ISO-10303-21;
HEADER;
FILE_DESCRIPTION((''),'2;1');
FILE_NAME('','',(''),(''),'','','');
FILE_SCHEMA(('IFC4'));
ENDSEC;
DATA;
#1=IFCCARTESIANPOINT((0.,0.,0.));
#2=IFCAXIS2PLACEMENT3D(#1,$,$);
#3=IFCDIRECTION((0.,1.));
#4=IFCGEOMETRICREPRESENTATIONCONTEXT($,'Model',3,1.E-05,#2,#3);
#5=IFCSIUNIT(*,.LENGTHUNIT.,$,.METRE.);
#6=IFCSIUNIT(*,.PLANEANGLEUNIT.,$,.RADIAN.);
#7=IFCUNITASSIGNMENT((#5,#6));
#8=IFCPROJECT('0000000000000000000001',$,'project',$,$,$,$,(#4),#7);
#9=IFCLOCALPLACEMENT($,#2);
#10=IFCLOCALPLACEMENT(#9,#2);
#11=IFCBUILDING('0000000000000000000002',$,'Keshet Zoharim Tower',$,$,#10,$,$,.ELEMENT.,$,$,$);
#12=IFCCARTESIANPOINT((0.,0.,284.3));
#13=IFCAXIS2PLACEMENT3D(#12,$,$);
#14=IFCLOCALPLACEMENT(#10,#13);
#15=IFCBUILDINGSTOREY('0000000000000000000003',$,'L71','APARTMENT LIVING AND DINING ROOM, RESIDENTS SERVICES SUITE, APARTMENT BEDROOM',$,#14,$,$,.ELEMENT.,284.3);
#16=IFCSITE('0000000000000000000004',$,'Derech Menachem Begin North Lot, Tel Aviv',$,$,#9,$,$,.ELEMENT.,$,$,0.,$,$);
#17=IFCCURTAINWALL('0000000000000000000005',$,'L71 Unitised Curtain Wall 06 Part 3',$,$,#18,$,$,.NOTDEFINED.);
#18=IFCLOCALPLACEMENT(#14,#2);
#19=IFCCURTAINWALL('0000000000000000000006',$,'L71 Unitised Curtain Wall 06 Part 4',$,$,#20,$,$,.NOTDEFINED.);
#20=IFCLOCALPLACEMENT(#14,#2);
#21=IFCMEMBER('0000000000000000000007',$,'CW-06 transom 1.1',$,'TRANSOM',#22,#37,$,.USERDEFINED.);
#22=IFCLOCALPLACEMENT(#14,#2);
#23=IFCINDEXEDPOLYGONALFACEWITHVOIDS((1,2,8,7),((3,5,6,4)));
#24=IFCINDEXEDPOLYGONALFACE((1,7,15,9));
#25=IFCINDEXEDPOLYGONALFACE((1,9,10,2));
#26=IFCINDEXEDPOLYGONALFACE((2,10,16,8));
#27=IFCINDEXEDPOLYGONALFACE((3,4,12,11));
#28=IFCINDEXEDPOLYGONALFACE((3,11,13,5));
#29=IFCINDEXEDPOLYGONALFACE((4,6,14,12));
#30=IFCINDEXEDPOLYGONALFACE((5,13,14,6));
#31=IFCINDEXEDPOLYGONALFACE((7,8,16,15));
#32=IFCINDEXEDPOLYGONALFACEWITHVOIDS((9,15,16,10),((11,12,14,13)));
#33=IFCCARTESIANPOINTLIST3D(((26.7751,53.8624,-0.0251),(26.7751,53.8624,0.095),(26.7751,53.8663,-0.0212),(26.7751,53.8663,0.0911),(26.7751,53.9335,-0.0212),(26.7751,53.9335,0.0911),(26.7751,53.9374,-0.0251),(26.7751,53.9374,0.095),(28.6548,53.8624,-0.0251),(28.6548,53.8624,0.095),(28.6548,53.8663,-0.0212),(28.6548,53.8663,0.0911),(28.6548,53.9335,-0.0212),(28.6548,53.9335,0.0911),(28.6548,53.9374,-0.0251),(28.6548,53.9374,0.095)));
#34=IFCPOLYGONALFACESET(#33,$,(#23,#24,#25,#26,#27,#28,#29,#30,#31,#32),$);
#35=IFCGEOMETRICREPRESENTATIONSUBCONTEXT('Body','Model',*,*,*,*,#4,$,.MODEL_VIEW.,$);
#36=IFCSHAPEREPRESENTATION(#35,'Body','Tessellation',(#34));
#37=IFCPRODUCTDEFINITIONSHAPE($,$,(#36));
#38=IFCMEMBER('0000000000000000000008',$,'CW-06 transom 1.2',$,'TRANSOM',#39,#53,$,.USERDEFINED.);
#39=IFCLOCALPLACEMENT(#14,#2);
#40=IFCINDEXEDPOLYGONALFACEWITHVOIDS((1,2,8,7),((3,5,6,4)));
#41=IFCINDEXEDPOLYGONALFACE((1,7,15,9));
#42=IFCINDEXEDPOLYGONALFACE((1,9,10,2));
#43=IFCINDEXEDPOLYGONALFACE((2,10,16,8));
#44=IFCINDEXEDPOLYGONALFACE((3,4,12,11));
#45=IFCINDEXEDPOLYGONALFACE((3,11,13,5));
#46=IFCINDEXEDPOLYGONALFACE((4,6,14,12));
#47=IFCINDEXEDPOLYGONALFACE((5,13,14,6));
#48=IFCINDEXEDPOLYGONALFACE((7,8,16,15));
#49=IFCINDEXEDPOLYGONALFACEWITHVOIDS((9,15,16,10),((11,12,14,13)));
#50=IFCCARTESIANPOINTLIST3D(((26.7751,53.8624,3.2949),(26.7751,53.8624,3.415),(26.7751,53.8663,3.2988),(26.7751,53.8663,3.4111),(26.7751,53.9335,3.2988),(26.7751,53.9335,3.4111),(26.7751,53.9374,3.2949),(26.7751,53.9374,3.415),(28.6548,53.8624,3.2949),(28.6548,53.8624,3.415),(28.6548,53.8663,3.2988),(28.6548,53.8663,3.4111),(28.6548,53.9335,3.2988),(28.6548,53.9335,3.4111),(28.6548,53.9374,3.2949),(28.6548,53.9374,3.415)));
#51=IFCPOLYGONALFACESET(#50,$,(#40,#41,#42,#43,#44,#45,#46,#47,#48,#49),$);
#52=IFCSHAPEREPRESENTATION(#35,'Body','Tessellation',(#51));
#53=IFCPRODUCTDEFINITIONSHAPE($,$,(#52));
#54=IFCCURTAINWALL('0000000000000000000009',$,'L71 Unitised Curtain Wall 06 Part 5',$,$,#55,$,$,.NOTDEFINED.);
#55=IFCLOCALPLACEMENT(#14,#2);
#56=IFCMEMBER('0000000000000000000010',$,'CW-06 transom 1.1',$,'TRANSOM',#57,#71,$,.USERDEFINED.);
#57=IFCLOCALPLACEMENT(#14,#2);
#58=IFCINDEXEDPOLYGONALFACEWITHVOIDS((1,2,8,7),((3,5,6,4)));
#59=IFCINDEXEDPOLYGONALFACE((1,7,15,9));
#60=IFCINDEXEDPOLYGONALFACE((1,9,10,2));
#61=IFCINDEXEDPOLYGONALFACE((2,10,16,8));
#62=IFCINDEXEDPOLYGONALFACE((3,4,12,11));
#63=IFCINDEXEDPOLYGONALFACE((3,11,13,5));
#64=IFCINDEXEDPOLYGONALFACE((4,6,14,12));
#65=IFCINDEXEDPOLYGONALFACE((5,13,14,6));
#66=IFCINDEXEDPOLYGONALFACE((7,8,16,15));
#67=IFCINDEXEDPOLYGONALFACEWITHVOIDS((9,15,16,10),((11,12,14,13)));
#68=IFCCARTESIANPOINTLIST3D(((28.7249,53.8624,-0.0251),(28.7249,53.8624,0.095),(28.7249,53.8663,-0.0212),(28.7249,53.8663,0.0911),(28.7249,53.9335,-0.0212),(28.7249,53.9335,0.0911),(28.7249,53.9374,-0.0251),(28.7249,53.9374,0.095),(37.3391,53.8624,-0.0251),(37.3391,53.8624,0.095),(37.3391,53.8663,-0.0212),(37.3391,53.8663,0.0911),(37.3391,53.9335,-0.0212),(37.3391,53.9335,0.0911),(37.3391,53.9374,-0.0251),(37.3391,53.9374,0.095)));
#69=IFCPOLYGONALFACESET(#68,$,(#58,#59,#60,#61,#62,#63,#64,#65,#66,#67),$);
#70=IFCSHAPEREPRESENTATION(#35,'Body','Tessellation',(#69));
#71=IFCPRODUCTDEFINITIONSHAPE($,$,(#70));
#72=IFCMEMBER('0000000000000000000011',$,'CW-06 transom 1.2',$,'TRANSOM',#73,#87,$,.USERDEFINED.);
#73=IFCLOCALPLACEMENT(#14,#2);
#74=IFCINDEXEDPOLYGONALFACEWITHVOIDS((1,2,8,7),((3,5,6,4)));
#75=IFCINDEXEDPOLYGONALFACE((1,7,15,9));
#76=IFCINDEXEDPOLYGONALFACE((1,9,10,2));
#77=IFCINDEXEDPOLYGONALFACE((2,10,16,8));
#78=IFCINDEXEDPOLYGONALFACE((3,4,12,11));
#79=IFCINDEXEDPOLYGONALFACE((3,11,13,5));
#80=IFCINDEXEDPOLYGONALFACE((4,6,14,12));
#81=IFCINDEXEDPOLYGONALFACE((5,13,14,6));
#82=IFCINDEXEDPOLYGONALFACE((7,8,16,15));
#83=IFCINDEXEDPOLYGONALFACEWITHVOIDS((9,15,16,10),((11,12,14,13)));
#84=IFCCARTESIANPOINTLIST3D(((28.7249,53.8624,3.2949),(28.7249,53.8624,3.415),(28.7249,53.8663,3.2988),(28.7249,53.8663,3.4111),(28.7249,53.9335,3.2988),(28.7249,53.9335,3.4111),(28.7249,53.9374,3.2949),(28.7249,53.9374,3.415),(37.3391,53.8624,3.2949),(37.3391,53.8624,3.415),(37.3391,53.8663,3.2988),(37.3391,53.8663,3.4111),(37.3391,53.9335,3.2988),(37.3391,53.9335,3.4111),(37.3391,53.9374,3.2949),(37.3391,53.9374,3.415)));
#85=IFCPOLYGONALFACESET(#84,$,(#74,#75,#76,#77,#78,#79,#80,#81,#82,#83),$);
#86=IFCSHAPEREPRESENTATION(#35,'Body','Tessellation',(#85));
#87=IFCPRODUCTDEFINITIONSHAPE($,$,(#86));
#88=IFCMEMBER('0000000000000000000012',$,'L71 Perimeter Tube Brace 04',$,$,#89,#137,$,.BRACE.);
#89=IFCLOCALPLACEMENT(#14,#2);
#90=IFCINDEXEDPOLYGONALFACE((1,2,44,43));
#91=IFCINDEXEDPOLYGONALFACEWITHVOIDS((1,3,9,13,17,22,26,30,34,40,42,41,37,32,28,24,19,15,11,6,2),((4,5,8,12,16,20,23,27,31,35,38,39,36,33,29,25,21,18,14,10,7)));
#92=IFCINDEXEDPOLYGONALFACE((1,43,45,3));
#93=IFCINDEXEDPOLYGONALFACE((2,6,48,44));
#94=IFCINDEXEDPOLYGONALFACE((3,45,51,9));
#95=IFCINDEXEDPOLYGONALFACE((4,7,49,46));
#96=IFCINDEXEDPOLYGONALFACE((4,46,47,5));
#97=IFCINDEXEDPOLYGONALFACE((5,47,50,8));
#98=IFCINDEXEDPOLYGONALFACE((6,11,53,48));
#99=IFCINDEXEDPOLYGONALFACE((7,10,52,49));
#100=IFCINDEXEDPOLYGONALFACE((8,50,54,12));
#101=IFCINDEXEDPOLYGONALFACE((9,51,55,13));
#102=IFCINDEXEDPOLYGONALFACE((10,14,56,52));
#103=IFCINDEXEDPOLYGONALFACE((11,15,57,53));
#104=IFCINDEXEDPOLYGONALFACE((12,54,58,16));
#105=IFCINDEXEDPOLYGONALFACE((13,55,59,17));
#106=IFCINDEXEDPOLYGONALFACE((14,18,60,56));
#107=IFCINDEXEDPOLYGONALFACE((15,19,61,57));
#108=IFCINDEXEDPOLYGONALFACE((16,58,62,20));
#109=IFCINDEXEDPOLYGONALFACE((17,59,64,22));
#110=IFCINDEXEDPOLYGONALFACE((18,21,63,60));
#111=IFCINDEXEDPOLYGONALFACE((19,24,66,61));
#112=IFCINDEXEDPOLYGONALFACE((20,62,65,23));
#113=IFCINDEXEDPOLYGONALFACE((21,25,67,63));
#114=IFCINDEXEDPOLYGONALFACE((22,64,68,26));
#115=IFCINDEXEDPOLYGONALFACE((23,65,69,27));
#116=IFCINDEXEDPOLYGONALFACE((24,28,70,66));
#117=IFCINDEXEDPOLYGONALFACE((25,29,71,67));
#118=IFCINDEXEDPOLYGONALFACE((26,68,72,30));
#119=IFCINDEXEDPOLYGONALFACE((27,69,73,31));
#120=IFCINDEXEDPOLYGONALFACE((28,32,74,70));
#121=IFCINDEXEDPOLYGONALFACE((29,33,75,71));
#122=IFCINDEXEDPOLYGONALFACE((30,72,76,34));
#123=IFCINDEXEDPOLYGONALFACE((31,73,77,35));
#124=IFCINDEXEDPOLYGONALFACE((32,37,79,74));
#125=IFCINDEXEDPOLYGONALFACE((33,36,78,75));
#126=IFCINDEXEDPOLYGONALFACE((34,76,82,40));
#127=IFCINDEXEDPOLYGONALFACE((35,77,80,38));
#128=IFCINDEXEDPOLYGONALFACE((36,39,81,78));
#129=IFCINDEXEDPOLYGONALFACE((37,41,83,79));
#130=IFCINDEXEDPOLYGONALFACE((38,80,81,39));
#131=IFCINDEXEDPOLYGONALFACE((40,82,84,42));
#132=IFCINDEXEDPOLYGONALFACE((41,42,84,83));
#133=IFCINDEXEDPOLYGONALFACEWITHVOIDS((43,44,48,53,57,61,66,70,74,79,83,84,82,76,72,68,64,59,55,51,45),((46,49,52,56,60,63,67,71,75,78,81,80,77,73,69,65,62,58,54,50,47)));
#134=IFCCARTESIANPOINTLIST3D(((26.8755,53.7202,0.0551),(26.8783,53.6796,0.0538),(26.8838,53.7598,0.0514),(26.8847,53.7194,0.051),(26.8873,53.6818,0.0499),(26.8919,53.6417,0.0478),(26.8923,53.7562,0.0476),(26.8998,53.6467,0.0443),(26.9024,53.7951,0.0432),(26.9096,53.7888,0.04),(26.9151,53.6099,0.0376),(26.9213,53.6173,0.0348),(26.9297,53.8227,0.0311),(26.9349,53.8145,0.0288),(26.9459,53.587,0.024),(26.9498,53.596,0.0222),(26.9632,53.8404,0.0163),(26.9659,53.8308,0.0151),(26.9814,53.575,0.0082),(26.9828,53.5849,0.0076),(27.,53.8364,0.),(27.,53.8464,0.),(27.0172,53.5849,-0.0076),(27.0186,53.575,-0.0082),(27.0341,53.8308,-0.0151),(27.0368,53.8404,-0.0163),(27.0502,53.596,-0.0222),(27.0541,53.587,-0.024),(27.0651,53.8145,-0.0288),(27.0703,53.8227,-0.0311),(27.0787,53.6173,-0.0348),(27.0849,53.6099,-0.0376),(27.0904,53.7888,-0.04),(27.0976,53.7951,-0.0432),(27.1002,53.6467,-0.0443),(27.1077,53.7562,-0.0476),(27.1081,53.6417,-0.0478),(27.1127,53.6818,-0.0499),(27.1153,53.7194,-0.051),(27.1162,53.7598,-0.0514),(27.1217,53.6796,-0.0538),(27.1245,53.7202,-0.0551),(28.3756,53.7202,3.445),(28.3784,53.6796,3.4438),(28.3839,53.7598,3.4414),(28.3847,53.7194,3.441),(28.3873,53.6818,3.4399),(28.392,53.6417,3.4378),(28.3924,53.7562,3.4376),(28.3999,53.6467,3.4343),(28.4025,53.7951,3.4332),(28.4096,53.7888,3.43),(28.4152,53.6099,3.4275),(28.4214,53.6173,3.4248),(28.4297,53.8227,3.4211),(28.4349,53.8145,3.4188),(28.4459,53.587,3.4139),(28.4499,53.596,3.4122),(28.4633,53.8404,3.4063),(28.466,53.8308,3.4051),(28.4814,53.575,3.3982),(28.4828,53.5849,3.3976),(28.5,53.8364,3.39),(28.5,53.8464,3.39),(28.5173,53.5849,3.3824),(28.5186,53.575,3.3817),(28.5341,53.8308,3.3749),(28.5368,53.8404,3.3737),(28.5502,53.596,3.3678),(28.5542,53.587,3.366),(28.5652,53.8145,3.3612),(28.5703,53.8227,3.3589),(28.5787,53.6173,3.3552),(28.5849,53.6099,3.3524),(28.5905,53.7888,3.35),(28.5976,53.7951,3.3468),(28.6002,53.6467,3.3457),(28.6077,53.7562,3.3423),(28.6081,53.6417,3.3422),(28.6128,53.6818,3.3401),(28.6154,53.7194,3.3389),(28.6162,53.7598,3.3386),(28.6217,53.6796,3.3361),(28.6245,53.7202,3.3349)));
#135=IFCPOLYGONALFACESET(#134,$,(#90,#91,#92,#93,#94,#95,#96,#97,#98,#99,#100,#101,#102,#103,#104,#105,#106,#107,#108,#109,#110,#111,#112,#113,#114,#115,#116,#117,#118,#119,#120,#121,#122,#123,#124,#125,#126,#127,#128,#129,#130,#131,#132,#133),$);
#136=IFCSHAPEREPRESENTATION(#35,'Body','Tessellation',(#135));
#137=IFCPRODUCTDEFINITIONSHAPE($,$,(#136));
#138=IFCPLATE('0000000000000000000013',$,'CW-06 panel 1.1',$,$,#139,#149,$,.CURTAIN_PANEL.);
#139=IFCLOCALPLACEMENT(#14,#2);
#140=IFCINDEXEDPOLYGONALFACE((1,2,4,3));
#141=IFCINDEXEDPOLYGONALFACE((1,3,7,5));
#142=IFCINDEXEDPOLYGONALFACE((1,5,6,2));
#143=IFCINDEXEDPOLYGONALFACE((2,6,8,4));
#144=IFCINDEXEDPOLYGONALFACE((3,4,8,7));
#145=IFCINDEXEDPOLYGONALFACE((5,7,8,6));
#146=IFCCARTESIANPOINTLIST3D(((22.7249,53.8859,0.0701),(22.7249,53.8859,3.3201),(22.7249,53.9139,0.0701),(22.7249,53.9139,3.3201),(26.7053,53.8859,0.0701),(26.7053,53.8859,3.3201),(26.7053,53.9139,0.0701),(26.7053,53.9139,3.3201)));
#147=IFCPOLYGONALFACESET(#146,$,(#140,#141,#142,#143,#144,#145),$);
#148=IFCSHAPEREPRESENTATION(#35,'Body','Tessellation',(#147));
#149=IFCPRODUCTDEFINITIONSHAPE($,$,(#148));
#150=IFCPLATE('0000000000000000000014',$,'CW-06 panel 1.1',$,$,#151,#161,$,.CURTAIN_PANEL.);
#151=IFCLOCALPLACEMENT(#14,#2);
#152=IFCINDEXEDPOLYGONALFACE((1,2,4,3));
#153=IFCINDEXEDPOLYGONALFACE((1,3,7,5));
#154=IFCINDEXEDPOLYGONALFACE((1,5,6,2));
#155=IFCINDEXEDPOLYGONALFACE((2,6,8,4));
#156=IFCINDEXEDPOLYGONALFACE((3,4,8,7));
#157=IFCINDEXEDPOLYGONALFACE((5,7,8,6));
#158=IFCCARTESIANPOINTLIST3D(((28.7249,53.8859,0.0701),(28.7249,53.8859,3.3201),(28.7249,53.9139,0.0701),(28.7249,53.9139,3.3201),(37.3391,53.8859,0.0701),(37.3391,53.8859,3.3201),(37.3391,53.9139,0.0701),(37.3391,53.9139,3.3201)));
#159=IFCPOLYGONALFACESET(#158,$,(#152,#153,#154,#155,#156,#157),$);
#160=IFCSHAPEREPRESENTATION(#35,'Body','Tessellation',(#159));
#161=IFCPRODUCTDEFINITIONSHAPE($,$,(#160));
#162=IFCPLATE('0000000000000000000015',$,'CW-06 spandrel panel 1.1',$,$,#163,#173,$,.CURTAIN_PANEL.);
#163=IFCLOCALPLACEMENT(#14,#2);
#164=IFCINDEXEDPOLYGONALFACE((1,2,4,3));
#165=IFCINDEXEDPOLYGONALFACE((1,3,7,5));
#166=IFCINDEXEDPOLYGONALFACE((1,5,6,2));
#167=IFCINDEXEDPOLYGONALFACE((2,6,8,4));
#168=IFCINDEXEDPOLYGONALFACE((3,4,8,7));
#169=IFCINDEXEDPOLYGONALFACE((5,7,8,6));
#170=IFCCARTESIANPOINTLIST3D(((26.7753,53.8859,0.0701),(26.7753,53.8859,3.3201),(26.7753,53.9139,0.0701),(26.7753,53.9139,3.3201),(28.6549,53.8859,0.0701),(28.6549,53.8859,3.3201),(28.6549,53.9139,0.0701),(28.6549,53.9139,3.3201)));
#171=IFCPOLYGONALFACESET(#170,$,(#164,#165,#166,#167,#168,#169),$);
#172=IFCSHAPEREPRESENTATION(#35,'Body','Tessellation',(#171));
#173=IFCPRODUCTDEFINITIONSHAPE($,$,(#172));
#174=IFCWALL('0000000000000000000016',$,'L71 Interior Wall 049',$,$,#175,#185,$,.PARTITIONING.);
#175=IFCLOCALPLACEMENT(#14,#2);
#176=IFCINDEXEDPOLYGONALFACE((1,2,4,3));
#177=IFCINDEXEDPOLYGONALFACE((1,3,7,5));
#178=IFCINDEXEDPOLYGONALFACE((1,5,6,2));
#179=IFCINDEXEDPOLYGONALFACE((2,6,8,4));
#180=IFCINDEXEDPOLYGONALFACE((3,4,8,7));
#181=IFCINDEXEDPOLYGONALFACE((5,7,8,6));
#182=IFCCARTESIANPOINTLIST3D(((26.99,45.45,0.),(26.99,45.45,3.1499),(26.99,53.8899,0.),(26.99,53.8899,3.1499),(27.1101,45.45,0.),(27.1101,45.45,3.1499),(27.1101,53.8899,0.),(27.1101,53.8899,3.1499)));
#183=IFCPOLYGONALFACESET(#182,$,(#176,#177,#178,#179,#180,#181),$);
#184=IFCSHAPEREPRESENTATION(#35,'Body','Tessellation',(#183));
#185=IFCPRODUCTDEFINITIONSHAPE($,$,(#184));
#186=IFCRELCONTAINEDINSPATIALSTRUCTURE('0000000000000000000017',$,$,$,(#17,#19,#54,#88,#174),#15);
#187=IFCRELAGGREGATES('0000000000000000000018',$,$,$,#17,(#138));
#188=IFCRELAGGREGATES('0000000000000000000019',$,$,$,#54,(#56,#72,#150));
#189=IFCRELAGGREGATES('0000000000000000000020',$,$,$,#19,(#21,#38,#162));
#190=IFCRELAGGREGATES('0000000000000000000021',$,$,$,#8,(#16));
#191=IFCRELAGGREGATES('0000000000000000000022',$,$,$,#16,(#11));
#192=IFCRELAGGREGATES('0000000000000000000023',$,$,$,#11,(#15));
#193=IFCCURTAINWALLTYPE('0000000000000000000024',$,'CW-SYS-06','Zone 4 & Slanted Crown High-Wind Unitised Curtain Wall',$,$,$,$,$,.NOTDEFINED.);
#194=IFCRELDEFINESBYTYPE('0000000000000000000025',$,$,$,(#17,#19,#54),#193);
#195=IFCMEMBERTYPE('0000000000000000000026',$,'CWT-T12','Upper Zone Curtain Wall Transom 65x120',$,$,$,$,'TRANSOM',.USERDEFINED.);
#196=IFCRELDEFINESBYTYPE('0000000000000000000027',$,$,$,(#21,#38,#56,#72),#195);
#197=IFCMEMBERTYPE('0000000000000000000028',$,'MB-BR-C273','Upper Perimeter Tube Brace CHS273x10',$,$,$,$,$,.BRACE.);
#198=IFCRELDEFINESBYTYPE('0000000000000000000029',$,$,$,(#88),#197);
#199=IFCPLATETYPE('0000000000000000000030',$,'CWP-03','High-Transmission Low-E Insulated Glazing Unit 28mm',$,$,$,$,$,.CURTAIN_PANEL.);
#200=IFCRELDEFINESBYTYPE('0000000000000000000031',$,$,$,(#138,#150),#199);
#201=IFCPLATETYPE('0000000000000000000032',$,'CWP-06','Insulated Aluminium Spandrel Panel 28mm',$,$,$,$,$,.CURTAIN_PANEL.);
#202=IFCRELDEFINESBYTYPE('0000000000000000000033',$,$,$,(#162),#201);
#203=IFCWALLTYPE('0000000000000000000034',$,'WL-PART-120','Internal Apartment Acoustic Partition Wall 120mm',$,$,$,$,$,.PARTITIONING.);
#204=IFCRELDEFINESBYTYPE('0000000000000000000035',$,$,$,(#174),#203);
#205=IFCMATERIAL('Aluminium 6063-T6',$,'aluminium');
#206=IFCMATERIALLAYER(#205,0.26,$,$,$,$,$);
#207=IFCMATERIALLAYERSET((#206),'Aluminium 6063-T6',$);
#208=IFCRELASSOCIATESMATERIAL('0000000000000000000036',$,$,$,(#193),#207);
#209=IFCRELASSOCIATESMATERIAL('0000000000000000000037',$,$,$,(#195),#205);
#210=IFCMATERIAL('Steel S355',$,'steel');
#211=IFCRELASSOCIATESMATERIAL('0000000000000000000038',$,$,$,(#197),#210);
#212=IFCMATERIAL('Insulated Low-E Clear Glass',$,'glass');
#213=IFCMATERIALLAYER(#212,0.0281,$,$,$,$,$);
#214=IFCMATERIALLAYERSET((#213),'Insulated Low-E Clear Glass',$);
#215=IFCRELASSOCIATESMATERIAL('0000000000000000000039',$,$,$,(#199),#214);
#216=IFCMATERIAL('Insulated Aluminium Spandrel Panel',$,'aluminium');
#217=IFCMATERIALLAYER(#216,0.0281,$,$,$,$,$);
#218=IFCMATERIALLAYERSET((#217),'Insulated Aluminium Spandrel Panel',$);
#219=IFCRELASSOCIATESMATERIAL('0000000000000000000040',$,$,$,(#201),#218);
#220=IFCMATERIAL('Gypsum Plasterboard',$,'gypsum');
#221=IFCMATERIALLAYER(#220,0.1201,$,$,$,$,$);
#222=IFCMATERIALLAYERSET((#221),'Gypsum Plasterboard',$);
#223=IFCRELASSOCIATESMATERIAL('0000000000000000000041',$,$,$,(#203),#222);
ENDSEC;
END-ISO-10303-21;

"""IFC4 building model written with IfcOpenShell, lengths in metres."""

from ifc_helpers import new_model, si_unit, direction, frame, frame_2d, origin, origin_2d, place, context, subcontext, project, spatial, rectangle, hollow_rectangle, hollow_circle, extrude, material, layer, layer_set, material_profile, profile_set, type_object, element, aggregate, save


model = new_model("IFC4")

# Units and contexts
model_context = context("Model", 3, precision=1e-05, world=origin(), true_north=direction((0.0, 1.0)))
body_context = subcontext(model_context, "Body", "Model", "MODEL_VIEW")
ifc_project = project(units=[si_unit("LENGTHUNIT", "METRE"), si_unit("PLANEANGLEUNIT", "RADIAN")], contexts=[model_context])

# Site, building, storey
site_placement = place(None, origin())
site = spatial("IfcSite", under=ifc_project, at=site_placement, Name="Derech Menachem Begin North Lot, Tel Aviv", CompositionType="ELEMENT", RefElevation=0.0)
building_placement = place(site_placement, origin())
building = spatial("IfcBuilding", under=site, at=building_placement, Name="Keshet Zoharim Tower", CompositionType="ELEMENT")
storey_placement = place(building_placement, frame((0.0, 0.0, 284.3)))
storey = spatial("IfcBuildingStorey", under=building, at=storey_placement, Name="L71", Description="APARTMENT LIVING AND DINING ROOM, RESIDENTS SERVICES SUITE, APARTMENT BEDROOM", CompositionType="ELEMENT", Elevation=284.3)

# Shared definitions
ifc_material_1 = material(Name="Steel S355", Category="steel")

# Curtain wall
ifc_material_2 = material(Name="Aluminium 6063-T6", Category="aluminium")
ifc_layer_1 = layer(ifc_material_2, 0.26)
ifc_layer_set_1 = layer_set([ifc_layer_1], Name="Aluminium 6063-T6")
curtain_wall_type = type_object("IfcCurtainWallType", Name="CW-SYS-06", Description="Zone 4 & Slanted Crown High-Wind Unitised Curtain Wall", PredefinedType="NOTDEFINED", material=ifc_layer_set_1)
curtain_wall_1_placement = place(storey_placement, origin())
curtain_wall_1 = element("IfcCurtainWall", 1, at=curtain_wall_1_placement, inside=storey, type_object=curtain_wall_type, Name="L71 Unitised Curtain Wall 06 Part 3", PredefinedType="NOTDEFINED")

# Curtain walls, members
curtain_wall_2_placement = place(storey_placement, origin())
curtain_wall_2 = element("IfcCurtainWall", 2, at=curtain_wall_2_placement, inside=storey, type_object=curtain_wall_type, Name="L71 Unitised Curtain Wall 06 Part 4", PredefinedType="NOTDEFINED")
ifc_material_profile_1 = material_profile(ifc_material_2, hollow_rectangle(XDim=0.075, YDim=0.1201, WallThickness=0.0039, at=origin_2d()), Name="TRN-75x120")
ifc_profile_set_1 = profile_set([ifc_material_profile_1], Name="Aluminium 6063-T6")
member_type_1 = type_object("IfcMemberType", Name="CWT-T12", Description="Upper Zone Curtain Wall Transom 65x120", ElementType="TRANSOM", PredefinedType="USERDEFINED", material=ifc_profile_set_1)
member_1_placement = place(storey_placement, frame((26.7751, 53.8999, 0.0349), z_axis=(1.0, 0.0, 0.0), x_axis=(0.0, 1.0, 0.0)))
member_1 = element("IfcMember", 3, at=member_1_placement, type_object=member_type_1, Name="CW-06 transom 1.1", ObjectType="TRANSOM", PredefinedType="USERDEFINED", context=body_context, shape_type="SweptSolid", body=[
    extrude(hollow_rectangle(XDim=0.075, YDim=0.1201, WallThickness=0.0039, at=origin_2d()), origin(), (0.0, 0.0, 1.0), 1.8796),
])
member_2_placement = place(storey_placement, frame((26.7751, 53.8999, 3.355), z_axis=(1.0, 0.0, 0.0), x_axis=(0.0, 1.0, 0.0)))
member_2 = element("IfcMember", 4, at=member_2_placement, type_object=member_type_1, Name="CW-06 transom 1.2", ObjectType="TRANSOM", PredefinedType="USERDEFINED", context=body_context, shape_type="SweptSolid", body=[
    extrude(hollow_rectangle(XDim=0.075, YDim=0.1201, WallThickness=0.0039, at=origin_2d()), origin(), (0.0, 0.0, 1.0), 1.8796),
])
curtain_wall_3_placement = place(storey_placement, origin())
curtain_wall_3 = element("IfcCurtainWall", 5, at=curtain_wall_3_placement, inside=storey, type_object=curtain_wall_type, Name="L71 Unitised Curtain Wall 06 Part 5", PredefinedType="NOTDEFINED")
member_3_placement = place(storey_placement, frame((28.7249, 53.8999, 0.0349), z_axis=(1.0, 0.0, 0.0), x_axis=(0.0, 1.0, 0.0)))
member_3 = element("IfcMember", 6, at=member_3_placement, type_object=member_type_1, Name="CW-06 transom 1.1", ObjectType="TRANSOM", PredefinedType="USERDEFINED", context=body_context, shape_type="SweptSolid", body=[
    extrude(hollow_rectangle(XDim=0.075, YDim=0.1201, WallThickness=0.0039, at=origin_2d()), origin(), (0.0, 0.0, 1.0), 8.6143),
])
member_4_placement = place(storey_placement, frame((28.7249, 53.8999, 3.355), z_axis=(1.0, 0.0, 0.0), x_axis=(0.0, 1.0, 0.0)))
member_4 = element("IfcMember", 7, at=member_4_placement, type_object=member_type_1, Name="CW-06 transom 1.2", ObjectType="TRANSOM", PredefinedType="USERDEFINED", context=body_context, shape_type="SweptSolid", body=[
    extrude(hollow_rectangle(XDim=0.075, YDim=0.1201, WallThickness=0.0039, at=origin_2d()), origin(), (0.0, 0.0, 1.0), 8.6143),
])

# Member
ifc_material_profile_2 = material_profile(ifc_material_1, hollow_circle(Radius=0.1365, WallThickness=0.01, at=origin_2d()), Name="CHS273x10")
ifc_profile_set_2 = profile_set([ifc_material_profile_2], Name="Steel S355")
member_type_2 = type_object("IfcMemberType", Name="MB-BR-C273", Description="Upper Perimeter Tube Brace CHS273x10", PredefinedType="BRACE", material=ifc_profile_set_2)
member_5_placement = place(storey_placement, frame((27.0, 53.71, 0.0), z_axis=(0.404647, 0.0, 0.914473), x_axis=(0.0, 1.0, 0.0)))
element("IfcMember", 8, at=member_5_placement, inside=storey, type_object=member_type_2, Name="L71 Perimeter Tube Brace 04", PredefinedType="BRACE", context=body_context, shape_type="SweptSolid", body=[
    extrude(hollow_circle(Radius=0.1365, WallThickness=0.01, at=origin_2d()), origin(), (0.0, 0.0, 1.0), 3.707),
])

# Plates
ifc_material_3 = material(Name="Insulated Low-E Clear Glass", Category="glass")
ifc_layer_2 = layer(ifc_material_3, 0.0281)
ifc_layer_set_2 = layer_set([ifc_layer_2], Name="Insulated Low-E Clear Glass")
plate_type_1 = type_object("IfcPlateType", Name="CWP-03", Description="High-Transmission Low-E Insulated Glazing Unit 28mm", PredefinedType="CURTAIN_PANEL", material=ifc_layer_set_2)
plate_1_placement = place(storey_placement, frame((24.7151, 53.8999, 0.0701), z_axis=(0.0, 0.0, 1.0), x_axis=(1.0, 0.0, 0.0)))
plate_1 = element("IfcPlate", 9, at=plate_1_placement, type_object=plate_type_1, Name="CW-06 panel 1.1", PredefinedType="CURTAIN_PANEL", context=body_context, shape_type="SweptSolid", body=[
    extrude(rectangle(XDim=3.9805, YDim=0.0281, at=origin_2d()), origin(), (0.0, 0.0, 1.0), 3.25),
])
aggregate(curtain_wall_1, [plate_1])
plate_2_placement = place(storey_placement, frame((33.032, 53.8999, 0.0701), z_axis=(0.0, 0.0, 1.0), x_axis=(1.0, 0.0, 0.0)))
plate_2 = element("IfcPlate", 10, at=plate_2_placement, type_object=plate_type_1, Name="CW-06 panel 1.1", PredefinedType="CURTAIN_PANEL", context=body_context, shape_type="SweptSolid", body=[
    extrude(rectangle(XDim=8.6143, YDim=0.0281, at=origin_2d()), origin(), (0.0, 0.0, 1.0), 3.25),
])
aggregate(curtain_wall_3, [member_3, member_4, plate_2])
ifc_material_4 = material(Name="Insulated Aluminium Spandrel Panel", Category="aluminium")
ifc_layer_3 = layer(ifc_material_4, 0.0281)
ifc_layer_set_3 = layer_set([ifc_layer_3], Name="Insulated Aluminium Spandrel Panel")
plate_type_2 = type_object("IfcPlateType", Name="CWP-06", Description="Insulated Aluminium Spandrel Panel 28mm", PredefinedType="CURTAIN_PANEL", material=ifc_layer_set_3)
plate_3_placement = place(storey_placement, frame((27.7151, 53.8999, 0.0701), z_axis=(0.0, 0.0, 1.0), x_axis=(1.0, 0.0, 0.0)))
plate_3 = element("IfcPlate", 11, at=plate_3_placement, type_object=plate_type_2, Name="CW-06 spandrel panel 1.1", PredefinedType="CURTAIN_PANEL", context=body_context, shape_type="SweptSolid", body=[
    extrude(rectangle(XDim=1.8796, YDim=0.0281, at=origin_2d()), origin(), (0.0, 0.0, 1.0), 3.25),
])
aggregate(curtain_wall_2, [member_1, member_2, plate_3])

# Wall
ifc_material_5 = material(Name="Gypsum Plasterboard", Category="gypsum")
ifc_layer_4 = layer(ifc_material_5, 0.1201)
ifc_layer_set_4 = layer_set([ifc_layer_4], Name="Gypsum Plasterboard")
wall_type_1 = type_object("IfcWallType", Name="WL-PART-120", Description="Internal Apartment Acoustic Partition Wall 120mm", PredefinedType="PARTITIONING", material=ifc_layer_set_4)
wall_1_placement = place(storey_placement, frame((27.05, 45.45, 0.0), z_axis=(0.0, 0.0, 1.0), x_axis=(0.0, 1.0, 0.0)))
element("IfcWall", 12, at=wall_1_placement, inside=storey, type_object=wall_type_1, Name="L71 Interior Wall 049", PredefinedType="PARTITIONING", context=body_context, shape_type="SweptSolid", body=[
    extrude(rectangle(XDim=8.4399, YDim=0.1201, at=frame_2d((4.22, 0.0))), origin(), (0.0, 0.0, 1.0), 3.1499),
])

save(model, "model.ifc")
